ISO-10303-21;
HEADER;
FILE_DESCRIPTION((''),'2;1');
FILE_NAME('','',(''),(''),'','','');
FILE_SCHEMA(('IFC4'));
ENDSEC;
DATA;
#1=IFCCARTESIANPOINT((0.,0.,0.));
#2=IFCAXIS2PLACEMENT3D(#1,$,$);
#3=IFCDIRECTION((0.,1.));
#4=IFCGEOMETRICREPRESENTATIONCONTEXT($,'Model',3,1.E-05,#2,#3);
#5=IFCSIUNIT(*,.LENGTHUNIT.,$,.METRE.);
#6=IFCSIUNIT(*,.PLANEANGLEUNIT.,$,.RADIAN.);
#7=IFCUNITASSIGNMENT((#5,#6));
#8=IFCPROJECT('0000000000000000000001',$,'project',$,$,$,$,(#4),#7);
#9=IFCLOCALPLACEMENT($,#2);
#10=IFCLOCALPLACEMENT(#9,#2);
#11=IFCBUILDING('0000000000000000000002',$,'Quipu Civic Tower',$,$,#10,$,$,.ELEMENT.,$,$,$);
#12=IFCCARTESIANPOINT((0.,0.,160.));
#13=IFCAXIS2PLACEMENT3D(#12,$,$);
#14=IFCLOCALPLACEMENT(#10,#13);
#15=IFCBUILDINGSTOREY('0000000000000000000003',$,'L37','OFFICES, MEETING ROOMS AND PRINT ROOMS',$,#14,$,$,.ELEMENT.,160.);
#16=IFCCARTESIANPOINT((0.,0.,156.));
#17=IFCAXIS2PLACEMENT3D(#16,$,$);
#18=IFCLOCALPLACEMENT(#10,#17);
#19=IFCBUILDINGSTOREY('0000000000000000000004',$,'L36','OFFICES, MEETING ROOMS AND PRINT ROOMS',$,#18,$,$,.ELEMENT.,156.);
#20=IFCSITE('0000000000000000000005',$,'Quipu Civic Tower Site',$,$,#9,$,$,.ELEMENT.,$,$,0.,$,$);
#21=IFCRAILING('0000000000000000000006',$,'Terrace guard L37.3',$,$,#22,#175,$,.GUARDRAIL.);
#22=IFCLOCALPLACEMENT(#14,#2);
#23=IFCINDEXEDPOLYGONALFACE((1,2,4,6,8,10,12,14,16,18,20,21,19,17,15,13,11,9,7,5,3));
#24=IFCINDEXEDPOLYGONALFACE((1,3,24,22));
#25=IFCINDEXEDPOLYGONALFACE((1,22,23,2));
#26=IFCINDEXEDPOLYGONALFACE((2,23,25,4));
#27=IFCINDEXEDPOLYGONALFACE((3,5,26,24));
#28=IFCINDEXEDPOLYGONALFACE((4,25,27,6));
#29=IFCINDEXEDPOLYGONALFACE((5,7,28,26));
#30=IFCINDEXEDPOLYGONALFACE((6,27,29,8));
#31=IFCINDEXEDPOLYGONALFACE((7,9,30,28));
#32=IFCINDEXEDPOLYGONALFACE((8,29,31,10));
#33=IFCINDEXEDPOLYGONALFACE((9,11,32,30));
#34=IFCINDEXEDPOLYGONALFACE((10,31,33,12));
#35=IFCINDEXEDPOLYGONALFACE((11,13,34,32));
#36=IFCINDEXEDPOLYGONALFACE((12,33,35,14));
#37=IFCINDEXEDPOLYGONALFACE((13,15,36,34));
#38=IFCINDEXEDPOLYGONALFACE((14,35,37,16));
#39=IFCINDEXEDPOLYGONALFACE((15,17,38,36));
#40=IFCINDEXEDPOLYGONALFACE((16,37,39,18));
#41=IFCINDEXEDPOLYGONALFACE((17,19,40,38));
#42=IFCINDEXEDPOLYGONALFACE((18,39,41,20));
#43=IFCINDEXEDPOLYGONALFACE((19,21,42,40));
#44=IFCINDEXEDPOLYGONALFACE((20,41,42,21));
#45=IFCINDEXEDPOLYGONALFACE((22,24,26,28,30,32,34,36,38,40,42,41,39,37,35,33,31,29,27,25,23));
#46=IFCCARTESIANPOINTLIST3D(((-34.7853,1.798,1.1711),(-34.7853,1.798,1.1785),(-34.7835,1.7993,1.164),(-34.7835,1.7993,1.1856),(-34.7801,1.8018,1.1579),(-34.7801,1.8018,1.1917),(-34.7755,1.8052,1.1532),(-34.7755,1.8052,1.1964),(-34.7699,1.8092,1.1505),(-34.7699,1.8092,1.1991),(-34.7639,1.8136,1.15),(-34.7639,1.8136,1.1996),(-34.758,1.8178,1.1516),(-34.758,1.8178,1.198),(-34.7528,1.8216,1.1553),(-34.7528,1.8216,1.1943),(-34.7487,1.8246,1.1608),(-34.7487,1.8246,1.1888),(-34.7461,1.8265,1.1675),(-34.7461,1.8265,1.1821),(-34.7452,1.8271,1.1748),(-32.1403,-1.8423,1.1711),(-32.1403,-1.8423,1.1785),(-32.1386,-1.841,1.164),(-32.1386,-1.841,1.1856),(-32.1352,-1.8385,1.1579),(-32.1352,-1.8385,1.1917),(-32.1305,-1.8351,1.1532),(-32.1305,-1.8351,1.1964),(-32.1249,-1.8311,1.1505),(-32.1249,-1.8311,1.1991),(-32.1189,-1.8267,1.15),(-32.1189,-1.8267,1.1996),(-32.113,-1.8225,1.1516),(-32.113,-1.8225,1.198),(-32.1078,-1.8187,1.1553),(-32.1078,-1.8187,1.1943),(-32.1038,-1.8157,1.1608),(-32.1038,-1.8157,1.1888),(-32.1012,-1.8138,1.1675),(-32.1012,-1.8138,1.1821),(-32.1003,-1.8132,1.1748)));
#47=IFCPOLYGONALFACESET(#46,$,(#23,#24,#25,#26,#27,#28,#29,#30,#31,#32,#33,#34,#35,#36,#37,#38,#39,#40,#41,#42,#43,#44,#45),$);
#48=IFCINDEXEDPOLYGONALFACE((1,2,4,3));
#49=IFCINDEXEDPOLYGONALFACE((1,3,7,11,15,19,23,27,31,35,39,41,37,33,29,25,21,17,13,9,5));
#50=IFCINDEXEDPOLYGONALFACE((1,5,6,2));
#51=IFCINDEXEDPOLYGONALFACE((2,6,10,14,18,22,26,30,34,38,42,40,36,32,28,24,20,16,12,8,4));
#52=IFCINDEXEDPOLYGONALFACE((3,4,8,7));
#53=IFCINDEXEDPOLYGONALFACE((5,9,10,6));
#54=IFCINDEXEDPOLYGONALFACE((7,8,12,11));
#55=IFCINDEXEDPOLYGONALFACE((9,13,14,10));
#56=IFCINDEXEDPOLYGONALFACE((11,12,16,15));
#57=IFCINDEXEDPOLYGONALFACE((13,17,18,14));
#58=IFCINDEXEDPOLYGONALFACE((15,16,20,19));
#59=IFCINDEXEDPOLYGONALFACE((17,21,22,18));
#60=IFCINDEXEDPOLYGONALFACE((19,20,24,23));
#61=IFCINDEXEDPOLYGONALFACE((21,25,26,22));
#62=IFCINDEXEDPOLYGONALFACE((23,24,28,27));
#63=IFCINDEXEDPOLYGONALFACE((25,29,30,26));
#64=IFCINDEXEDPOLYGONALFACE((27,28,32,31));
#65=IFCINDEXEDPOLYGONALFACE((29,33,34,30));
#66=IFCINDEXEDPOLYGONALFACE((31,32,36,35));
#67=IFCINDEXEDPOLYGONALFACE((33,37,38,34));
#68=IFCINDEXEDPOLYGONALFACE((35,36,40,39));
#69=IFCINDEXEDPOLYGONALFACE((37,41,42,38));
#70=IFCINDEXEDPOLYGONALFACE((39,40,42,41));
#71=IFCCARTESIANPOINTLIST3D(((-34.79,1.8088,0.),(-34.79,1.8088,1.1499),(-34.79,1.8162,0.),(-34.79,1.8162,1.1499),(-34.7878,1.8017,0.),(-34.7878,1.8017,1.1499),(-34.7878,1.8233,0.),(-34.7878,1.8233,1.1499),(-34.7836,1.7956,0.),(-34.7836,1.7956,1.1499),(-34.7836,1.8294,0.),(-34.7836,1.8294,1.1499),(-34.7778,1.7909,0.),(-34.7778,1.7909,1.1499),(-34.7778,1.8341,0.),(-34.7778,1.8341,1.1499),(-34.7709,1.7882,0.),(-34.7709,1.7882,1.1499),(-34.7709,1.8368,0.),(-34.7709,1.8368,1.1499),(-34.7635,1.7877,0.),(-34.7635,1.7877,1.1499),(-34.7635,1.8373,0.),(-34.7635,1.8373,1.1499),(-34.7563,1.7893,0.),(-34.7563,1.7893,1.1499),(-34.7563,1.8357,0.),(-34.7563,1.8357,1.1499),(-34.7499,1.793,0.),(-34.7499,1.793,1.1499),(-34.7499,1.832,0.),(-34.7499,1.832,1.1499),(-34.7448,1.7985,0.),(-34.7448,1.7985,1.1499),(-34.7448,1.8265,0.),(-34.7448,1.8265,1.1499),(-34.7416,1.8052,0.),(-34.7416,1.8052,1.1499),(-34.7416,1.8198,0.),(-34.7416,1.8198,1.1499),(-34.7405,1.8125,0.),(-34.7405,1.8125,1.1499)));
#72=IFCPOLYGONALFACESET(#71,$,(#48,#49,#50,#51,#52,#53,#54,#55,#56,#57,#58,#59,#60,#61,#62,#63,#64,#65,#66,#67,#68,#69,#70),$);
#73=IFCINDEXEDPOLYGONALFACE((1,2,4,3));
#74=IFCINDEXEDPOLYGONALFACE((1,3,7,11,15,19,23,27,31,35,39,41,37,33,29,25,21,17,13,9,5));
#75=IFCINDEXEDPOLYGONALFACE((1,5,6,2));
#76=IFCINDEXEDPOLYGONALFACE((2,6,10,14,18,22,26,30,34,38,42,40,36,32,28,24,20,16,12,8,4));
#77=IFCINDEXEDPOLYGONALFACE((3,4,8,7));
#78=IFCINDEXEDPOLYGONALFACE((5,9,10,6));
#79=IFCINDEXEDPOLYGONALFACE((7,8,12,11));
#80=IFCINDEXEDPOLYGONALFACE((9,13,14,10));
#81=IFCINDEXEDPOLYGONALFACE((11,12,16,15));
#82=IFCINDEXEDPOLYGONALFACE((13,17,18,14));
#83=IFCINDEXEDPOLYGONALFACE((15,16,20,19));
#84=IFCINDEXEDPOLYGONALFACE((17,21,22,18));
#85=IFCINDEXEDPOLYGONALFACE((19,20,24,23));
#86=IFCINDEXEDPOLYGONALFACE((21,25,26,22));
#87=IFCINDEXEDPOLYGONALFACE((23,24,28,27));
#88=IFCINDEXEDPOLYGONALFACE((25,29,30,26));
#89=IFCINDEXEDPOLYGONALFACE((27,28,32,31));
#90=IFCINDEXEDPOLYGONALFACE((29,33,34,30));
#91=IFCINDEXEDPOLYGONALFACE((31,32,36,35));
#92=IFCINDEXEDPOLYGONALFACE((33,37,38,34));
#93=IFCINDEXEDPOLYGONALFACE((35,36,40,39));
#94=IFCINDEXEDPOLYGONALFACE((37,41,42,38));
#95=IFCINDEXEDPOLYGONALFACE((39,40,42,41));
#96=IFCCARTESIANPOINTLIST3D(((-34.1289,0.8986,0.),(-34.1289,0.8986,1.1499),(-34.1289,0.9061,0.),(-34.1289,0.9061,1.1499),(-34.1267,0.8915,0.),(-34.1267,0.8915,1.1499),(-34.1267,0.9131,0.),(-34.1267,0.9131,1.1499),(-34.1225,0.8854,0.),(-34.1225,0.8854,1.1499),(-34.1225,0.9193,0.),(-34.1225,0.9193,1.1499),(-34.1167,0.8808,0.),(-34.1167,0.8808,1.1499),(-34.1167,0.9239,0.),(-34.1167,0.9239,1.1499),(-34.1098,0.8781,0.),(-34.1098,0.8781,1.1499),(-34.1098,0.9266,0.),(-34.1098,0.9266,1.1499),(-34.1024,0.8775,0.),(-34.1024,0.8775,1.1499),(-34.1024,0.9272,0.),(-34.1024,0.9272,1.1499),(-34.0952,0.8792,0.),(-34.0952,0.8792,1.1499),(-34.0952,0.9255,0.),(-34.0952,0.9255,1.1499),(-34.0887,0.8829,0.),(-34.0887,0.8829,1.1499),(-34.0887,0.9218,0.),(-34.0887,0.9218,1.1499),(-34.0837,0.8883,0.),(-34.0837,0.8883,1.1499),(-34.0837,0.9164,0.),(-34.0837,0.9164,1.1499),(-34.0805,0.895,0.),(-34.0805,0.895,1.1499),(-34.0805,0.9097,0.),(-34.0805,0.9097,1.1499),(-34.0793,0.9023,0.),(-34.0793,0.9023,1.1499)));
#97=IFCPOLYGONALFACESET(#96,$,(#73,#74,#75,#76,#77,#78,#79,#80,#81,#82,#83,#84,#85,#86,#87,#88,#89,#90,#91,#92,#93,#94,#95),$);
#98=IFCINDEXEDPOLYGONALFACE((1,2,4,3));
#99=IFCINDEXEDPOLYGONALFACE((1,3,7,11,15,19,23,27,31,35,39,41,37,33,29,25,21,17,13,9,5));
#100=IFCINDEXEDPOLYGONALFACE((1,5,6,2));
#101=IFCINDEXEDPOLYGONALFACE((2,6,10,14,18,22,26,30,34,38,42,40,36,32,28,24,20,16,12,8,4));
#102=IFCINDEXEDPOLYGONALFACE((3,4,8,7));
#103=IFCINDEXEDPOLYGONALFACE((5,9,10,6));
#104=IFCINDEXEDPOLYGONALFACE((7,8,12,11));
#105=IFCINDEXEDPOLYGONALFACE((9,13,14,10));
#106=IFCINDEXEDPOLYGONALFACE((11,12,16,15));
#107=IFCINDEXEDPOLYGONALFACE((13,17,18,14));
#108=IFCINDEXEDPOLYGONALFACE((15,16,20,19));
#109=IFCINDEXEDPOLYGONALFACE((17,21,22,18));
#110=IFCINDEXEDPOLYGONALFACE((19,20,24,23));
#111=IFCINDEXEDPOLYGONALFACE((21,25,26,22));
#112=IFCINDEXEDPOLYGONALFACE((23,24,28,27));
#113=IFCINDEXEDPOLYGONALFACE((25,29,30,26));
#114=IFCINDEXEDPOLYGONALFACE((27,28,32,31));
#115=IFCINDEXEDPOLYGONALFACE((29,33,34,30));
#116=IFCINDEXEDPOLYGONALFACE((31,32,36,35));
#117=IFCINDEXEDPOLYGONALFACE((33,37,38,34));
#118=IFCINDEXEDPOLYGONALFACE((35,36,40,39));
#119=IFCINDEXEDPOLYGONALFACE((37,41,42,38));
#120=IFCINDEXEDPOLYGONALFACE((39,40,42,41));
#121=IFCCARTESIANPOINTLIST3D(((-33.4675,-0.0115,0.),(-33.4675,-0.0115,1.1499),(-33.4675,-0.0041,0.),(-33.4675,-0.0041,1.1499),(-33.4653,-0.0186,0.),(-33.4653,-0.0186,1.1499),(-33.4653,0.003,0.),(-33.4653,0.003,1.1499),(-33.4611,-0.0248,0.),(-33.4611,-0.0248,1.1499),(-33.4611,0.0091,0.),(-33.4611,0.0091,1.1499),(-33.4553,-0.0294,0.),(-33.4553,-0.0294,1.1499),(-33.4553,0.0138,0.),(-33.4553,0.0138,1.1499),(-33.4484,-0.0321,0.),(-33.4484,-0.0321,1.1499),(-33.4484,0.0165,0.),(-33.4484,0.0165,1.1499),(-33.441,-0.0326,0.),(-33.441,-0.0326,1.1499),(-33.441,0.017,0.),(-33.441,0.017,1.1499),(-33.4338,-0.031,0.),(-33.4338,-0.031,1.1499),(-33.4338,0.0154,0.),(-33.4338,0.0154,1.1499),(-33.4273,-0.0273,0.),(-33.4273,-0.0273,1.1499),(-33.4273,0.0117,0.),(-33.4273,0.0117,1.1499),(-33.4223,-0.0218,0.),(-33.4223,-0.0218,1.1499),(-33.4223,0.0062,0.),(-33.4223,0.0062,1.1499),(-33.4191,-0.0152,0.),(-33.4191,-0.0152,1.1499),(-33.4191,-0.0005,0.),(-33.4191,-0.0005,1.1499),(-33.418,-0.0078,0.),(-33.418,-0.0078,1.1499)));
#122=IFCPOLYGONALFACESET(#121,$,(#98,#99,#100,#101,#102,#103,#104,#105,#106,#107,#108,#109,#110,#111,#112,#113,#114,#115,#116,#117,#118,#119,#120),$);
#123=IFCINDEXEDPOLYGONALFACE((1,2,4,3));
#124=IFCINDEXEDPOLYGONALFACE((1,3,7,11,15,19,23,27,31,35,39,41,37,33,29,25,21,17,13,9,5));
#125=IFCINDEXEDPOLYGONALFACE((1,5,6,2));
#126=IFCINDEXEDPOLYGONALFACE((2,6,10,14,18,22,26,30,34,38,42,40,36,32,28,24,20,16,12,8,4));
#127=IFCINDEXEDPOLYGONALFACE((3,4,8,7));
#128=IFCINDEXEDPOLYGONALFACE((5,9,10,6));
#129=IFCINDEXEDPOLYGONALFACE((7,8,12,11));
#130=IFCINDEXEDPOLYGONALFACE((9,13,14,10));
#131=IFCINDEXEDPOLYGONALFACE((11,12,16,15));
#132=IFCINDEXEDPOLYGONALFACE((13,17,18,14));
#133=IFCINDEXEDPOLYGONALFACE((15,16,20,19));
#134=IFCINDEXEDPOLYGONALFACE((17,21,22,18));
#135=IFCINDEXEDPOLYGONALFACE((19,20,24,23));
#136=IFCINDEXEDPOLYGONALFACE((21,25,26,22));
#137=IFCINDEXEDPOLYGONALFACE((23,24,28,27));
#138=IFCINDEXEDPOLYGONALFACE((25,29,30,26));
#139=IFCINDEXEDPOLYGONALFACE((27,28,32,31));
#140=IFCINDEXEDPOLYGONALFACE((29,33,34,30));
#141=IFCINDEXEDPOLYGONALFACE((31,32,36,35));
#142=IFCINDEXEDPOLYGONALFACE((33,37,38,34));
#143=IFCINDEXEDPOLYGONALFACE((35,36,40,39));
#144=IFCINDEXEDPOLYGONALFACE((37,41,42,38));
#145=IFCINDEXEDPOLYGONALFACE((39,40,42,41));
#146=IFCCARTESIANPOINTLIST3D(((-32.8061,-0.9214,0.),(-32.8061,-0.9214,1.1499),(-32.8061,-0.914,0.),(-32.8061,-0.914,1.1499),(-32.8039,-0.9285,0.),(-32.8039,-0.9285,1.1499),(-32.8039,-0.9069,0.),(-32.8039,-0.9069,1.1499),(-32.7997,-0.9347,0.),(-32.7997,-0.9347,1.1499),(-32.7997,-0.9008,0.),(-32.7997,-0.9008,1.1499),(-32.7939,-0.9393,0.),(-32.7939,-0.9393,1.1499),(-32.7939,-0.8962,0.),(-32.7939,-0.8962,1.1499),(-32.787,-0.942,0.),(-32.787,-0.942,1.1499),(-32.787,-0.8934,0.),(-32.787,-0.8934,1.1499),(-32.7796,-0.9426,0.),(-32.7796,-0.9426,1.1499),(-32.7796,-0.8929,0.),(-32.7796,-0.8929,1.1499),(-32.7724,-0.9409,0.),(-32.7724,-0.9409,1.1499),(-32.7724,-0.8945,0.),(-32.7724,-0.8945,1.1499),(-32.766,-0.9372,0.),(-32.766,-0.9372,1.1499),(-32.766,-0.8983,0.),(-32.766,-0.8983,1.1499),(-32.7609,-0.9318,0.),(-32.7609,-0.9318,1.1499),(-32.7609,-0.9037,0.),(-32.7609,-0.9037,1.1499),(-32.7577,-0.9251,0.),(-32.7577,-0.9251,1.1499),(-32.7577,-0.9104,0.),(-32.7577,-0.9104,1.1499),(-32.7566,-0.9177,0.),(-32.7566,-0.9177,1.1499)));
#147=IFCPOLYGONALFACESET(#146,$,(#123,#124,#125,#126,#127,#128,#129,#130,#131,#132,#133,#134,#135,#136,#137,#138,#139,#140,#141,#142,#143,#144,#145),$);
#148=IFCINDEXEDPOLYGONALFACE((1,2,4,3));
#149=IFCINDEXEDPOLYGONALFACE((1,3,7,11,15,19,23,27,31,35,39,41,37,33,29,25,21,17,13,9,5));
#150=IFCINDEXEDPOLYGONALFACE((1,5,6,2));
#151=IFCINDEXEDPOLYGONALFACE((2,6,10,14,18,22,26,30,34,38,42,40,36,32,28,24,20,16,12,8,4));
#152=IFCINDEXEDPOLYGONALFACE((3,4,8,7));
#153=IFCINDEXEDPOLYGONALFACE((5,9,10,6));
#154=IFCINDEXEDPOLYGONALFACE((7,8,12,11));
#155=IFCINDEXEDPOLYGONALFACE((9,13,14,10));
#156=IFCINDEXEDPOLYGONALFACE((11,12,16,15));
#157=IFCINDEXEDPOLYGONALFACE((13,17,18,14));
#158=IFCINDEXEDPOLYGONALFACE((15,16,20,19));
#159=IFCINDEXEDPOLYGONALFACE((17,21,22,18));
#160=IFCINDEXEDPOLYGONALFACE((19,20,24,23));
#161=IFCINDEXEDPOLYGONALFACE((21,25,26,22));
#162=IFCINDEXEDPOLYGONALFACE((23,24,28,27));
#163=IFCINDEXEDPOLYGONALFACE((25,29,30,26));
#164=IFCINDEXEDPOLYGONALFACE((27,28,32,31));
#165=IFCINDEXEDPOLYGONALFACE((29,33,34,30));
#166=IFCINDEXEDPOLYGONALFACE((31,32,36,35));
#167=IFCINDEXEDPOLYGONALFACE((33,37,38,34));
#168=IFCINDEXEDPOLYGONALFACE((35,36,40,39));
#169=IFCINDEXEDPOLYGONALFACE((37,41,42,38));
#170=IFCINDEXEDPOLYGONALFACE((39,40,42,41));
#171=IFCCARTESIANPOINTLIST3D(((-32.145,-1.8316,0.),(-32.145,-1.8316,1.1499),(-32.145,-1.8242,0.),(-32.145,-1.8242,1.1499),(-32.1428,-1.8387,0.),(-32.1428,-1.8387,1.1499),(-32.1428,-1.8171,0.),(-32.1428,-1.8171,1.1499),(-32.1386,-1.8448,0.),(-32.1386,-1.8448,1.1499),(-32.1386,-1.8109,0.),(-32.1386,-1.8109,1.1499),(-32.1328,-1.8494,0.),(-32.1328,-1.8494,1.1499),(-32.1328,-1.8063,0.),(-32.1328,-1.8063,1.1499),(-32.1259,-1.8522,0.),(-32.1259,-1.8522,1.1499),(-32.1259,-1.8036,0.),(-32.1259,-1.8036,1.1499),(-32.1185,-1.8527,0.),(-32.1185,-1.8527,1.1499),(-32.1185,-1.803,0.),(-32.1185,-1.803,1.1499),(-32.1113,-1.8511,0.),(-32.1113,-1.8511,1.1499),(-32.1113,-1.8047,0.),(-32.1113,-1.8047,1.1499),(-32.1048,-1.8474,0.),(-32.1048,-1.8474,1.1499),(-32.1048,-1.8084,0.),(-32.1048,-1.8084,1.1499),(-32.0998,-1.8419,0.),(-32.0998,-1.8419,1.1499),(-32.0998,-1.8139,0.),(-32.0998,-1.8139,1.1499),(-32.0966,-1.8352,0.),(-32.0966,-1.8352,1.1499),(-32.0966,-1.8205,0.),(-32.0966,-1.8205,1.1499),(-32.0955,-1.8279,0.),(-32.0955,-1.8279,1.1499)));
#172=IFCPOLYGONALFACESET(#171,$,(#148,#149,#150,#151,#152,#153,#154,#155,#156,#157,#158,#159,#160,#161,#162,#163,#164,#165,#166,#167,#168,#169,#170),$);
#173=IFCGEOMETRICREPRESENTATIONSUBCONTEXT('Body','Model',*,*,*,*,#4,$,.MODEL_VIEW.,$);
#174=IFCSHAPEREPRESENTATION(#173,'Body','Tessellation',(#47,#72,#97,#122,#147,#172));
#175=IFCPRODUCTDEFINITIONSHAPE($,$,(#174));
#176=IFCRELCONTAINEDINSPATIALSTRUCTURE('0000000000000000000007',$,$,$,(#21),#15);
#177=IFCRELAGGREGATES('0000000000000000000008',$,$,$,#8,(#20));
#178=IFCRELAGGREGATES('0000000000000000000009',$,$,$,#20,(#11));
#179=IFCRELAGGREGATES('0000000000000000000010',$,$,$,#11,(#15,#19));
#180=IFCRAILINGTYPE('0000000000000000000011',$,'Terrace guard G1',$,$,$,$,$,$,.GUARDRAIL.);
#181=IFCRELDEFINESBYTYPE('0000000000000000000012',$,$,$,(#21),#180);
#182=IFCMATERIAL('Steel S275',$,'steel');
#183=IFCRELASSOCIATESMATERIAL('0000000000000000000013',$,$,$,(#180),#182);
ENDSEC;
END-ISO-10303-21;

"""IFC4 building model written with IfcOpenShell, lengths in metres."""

from ifc_helpers import new_model, si_unit, direction, frame, origin, origin_2d, place, context, subcontext, project, spatial, circle, extrude, material, type_object, element, save


model = new_model("IFC4")

# Units and contexts
model_context = context("Model", 3, precision=1e-05, world=origin(), true_north=direction((0.0, 1.0)))
body_context = subcontext(model_context, "Body", "Model", "MODEL_VIEW")
ifc_project = project(units=[si_unit("LENGTHUNIT", "METRE"), si_unit("PLANEANGLEUNIT", "RADIAN")], contexts=[model_context])

# Site, building, storey
site_placement = place(None, origin())
site = spatial("IfcSite", under=ifc_project, at=site_placement, Name="Quipu Civic Tower Site", CompositionType="ELEMENT", RefElevation=0.0)
building_placement = place(site_placement, origin())
building = spatial("IfcBuilding", under=site, at=building_placement, Name="Quipu Civic Tower", CompositionType="ELEMENT")
storey_1_placement = place(building_placement, frame((0.0, 0.0, 160.0)))
storey_1 = spatial("IfcBuildingStorey", under=building, at=storey_1_placement, Name="L37", Description="OFFICES, MEETING ROOMS AND PRINT ROOMS", CompositionType="ELEMENT", Elevation=160.0)

# Shared definitions
storey_2_placement = place(building_placement, frame((0.0, 0.0, 156.0)))
storey_2 = spatial("IfcBuildingStorey", under=building, at=storey_2_placement, Name="L36", Description="OFFICES, MEETING ROOMS AND PRINT ROOMS", CompositionType="ELEMENT", Elevation=156.0)

# Railing
ifc_material_1 = material(Name="Steel S275", Category="steel")
railing_type = type_object("IfcRailingType", Name="Terrace guard G1", PredefinedType="GUARDRAIL", material=ifc_material_1)
railing_1_placement = place(storey_1_placement, frame((-34.7654, 1.8125, 0.0)))
element("IfcRailing", 1, at=railing_1_placement, inside=storey_1, type_object=railing_type, Name="Terrace guard L37.3", PredefinedType="GUARDRAIL", context=body_context, shape_type="SweptSolid", body=[
    extrude(circle(Radius=0.0249, at=origin_2d()), frame((0.0, 0.0, 1.1748), z_axis=(0.587804, -0.809003, 0.0), x_axis=(0.809003, 0.587804, 0.0)), (0.0, 0.0, 1.0), 4.4998),
    extrude(circle(Radius=0.0249, at=origin_2d()), origin(), (0.0, 0.0, 1.0), 1.1499),
    extrude(circle(Radius=0.0249, at=origin_2d()), frame((0.6611, -0.9102, 0.0)), (0.0, 0.0, 1.0), 1.1499),
    extrude(circle(Radius=0.0249, at=origin_2d()), frame((1.3225, -1.8203, 0.0)), (0.0, 0.0, 1.0), 1.1499),
    extrude(circle(Radius=0.0249, at=origin_2d()), frame((1.9839, -2.7302, 0.0)), (0.0, 0.0, 1.0), 1.1499),
    extrude(circle(Radius=0.0249, at=origin_2d()), frame((2.645, -3.6404, 0.0)), (0.0, 0.0, 1.0), 1.1499),
])

save(model, "model.ifc")
